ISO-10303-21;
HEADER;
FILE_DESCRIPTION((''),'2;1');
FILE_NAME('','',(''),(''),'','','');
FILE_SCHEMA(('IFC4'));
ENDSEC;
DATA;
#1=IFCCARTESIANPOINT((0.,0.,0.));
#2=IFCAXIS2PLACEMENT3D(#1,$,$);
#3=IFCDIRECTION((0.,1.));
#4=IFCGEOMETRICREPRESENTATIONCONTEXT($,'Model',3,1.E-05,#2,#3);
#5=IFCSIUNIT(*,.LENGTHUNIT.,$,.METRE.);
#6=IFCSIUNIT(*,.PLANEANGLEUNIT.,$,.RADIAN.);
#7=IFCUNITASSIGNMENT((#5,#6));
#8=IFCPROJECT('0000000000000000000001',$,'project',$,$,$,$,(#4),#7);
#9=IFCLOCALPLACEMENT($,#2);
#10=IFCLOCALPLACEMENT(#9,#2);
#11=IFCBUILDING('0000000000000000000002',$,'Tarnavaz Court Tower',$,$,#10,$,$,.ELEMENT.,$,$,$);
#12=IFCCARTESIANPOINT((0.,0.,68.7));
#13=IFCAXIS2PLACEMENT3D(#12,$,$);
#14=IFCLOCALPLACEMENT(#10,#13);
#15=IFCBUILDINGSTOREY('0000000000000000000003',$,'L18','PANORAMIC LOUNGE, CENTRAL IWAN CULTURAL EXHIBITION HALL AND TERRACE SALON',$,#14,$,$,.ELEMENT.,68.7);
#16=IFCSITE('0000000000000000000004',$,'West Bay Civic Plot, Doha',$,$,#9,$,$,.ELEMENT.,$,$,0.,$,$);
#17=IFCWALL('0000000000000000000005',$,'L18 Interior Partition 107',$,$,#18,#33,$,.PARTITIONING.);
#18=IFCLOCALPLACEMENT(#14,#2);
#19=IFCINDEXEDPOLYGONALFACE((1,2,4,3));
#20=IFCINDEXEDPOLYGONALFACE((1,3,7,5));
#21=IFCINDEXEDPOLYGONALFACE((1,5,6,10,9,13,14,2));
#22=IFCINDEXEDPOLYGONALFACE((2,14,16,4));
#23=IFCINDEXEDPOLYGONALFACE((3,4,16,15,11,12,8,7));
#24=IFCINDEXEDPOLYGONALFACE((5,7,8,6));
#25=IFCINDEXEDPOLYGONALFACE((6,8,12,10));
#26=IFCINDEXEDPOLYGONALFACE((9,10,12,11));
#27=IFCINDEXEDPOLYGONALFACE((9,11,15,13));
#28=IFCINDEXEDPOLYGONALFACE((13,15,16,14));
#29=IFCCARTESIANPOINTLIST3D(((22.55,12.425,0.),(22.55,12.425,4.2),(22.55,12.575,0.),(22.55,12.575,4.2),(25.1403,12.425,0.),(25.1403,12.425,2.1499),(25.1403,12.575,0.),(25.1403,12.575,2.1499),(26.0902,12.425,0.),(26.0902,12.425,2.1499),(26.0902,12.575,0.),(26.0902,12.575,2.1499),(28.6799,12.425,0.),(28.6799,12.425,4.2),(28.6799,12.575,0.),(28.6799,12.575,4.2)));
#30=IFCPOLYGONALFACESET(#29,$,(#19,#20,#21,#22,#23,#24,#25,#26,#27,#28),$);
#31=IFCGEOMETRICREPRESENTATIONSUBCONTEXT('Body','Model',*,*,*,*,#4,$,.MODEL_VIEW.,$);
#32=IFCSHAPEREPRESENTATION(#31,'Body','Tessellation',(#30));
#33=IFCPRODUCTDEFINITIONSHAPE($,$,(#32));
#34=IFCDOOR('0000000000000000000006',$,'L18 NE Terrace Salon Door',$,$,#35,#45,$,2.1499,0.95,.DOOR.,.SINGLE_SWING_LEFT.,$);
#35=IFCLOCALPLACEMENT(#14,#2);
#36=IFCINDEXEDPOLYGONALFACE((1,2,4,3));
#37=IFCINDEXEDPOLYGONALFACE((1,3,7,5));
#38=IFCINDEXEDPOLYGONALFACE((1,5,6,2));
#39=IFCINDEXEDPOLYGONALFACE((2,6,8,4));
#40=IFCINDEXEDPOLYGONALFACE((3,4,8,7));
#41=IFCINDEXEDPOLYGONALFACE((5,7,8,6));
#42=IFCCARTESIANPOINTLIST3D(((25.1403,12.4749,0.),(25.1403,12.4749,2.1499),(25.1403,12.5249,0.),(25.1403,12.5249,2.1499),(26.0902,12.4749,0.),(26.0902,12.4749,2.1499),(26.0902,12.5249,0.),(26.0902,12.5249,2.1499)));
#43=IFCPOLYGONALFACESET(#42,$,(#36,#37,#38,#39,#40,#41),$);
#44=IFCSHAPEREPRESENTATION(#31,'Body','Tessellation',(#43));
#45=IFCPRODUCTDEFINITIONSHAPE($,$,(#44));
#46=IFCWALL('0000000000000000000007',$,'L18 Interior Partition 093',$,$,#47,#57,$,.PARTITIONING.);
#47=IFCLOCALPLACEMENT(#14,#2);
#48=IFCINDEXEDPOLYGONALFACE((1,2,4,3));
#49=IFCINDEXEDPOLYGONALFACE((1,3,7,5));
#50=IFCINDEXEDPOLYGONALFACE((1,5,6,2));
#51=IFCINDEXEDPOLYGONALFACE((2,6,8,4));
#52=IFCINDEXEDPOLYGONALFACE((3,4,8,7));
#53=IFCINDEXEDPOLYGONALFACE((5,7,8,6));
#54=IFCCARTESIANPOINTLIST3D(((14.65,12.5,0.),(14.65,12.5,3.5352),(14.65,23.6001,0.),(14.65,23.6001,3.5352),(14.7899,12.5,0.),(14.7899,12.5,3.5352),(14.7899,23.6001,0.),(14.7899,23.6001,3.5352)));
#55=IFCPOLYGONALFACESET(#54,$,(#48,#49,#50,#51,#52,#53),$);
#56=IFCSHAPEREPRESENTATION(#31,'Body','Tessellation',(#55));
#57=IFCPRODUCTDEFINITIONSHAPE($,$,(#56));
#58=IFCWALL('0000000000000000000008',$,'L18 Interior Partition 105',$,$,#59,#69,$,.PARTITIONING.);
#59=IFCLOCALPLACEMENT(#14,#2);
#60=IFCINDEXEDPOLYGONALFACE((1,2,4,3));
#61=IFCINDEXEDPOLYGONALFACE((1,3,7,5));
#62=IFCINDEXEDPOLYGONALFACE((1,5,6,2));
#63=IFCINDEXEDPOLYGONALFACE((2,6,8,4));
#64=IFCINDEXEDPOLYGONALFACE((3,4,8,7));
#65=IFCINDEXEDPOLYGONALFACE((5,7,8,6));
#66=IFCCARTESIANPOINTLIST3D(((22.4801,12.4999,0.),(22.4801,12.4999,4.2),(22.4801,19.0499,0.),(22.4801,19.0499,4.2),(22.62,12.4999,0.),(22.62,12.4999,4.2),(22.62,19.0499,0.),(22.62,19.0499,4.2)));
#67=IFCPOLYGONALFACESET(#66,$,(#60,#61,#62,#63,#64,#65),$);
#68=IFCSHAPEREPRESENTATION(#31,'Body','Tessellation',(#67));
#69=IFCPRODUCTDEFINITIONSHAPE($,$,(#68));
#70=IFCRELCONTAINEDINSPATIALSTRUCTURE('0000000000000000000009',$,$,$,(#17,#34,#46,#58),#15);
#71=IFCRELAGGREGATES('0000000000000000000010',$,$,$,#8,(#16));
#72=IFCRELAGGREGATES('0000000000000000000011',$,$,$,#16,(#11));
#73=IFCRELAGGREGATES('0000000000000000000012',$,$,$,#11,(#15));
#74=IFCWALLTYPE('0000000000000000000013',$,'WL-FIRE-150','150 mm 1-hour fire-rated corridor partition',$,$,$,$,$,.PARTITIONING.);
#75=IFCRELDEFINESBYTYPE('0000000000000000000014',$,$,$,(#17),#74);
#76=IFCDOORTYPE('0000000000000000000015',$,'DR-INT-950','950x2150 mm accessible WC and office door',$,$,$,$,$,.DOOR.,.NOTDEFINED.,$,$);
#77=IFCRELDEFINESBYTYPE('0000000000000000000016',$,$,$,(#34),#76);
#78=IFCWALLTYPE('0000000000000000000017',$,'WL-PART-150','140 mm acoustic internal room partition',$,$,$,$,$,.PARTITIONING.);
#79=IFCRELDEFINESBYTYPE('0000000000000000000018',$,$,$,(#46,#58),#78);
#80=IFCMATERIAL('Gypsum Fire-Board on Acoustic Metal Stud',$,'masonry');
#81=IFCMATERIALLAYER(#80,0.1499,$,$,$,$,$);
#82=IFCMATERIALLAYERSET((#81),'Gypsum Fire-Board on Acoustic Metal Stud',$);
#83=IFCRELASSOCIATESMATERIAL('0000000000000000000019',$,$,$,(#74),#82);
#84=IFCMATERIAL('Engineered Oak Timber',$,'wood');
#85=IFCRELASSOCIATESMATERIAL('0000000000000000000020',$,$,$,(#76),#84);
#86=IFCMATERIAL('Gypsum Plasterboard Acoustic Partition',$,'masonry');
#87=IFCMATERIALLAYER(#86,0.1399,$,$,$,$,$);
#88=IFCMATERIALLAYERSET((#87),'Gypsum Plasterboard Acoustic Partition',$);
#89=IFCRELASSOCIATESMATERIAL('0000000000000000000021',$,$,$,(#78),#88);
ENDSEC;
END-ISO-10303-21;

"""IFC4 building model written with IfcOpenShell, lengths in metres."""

from ifc_helpers import new_model, si_unit, direction, frame, frame_2d, origin, place, context, subcontext, project, spatial, rectangle, extrude, material, layer, layer_set, type_object, element, fill, save


model = new_model("IFC4")

# Units and contexts
model_context = context("Model", 3, precision=1e-05, world=origin(), true_north=direction((0.0, 1.0)))
body_context = subcontext(model_context, "Body", "Model", "MODEL_VIEW")
ifc_project = project(units=[si_unit("LENGTHUNIT", "METRE"), si_unit("PLANEANGLEUNIT", "RADIAN")], contexts=[model_context])

# Site, building, storey
site_placement = place(None, origin())
site = spatial("IfcSite", under=ifc_project, at=site_placement, Name="West Bay Civic Plot, Doha", CompositionType="ELEMENT", RefElevation=0.0)
building_placement = place(site_placement, origin())
building = spatial("IfcBuilding", under=site, at=building_placement, Name="Tarnavaz Court Tower", CompositionType="ELEMENT")
storey_placement = place(building_placement, frame((0.0, 0.0, 68.7)))
storey = spatial("IfcBuildingStorey", under=building, at=storey_placement, Name="L18", Description="PANORAMIC LOUNGE, CENTRAL IWAN CULTURAL EXHIBITION HALL AND TERRACE SALON", CompositionType="ELEMENT", Elevation=68.7)

# Wall, opening, door
ifc_material_1 = material(Name="Gypsum Fire-Board on Acoustic Metal Stud", Category="masonry")
ifc_layer_1 = layer(ifc_material_1, 0.1499)
ifc_layer_set_1 = layer_set([ifc_layer_1], Name="Gypsum Fire-Board on Acoustic Metal Stud")
wall_type_1 = type_object("IfcWallType", Name="WL-FIRE-150", Description="150 mm 1-hour fire-rated corridor partition", PredefinedType="PARTITIONING", material=ifc_layer_set_1)
wall_1_placement = place(storey_placement, frame((22.55, 12.5, 0.0), z_axis=(0.0, 0.0, 1.0), x_axis=(1.0, 0.0, 0.0)))
wall_1 = element("IfcWall", 1, at=wall_1_placement, inside=storey, type_object=wall_type_1, Name="L18 Interior Partition 107", PredefinedType="PARTITIONING", context=body_context, shape_type="SweptSolid", body=[
    extrude(rectangle(XDim=6.1299, YDim=0.1499, at=frame_2d((3.0649, 0.0))), origin(), (0.0, 0.0, 1.0), 4.2),
])
opening_1_placement = place(wall_1_placement, frame((2.5901, 0.0, 0.0)))
opening_1 = element("IfcOpeningElement", 2, at=opening_1_placement, cuts=wall_1, PredefinedType="OPENING", context=body_context, shape_type="SweptSolid", body=[
    extrude(rectangle(XDim=0.95, YDim=2.1499, at=frame_2d((0.4751, 1.075))), frame((0.0, 0.085, 0.0), z_axis=(0.0, -1.0, 0.0), x_axis=(1.0, 0.0, 0.0)), (0.0, 0.0, 1.0), 0.1699),
])
ifc_material_2 = material(Name="Engineered Oak Timber", Category="wood")
door_type_1 = type_object("IfcDoorType", Name="DR-INT-950", Description="950x2150 mm accessible WC and office door", OperationType="NOTDEFINED", PredefinedType="DOOR", material=ifc_material_2)
door_1_placement = place(opening_1_placement, origin())
door_1 = element("IfcDoor", 3, at=door_1_placement, inside=storey, type_object=door_type_1, Name="L18 NE Terrace Salon Door", OperationType="SINGLE_SWING_LEFT", OverallHeight=2.1499, OverallWidth=0.95, PredefinedType="DOOR", context=body_context, shape_type="SweptSolid", body=[
    extrude(rectangle(XDim=0.95, YDim=2.1499, at=frame_2d((0.4751, 1.075))), frame((0.0, 0.0249, 0.0), z_axis=(0.0, -1.0, 0.0), x_axis=(1.0, 0.0, 0.0)), (0.0, 0.0, 1.0), 0.05),
])
fill(opening_1, door_1)

# Walls
ifc_material_3 = material(Name="Gypsum Plasterboard Acoustic Partition", Category="masonry")
ifc_layer_2 = layer(ifc_material_3, 0.1399)
ifc_layer_set_2 = layer_set([ifc_layer_2], Name="Gypsum Plasterboard Acoustic Partition")
wall_type_2 = type_object("IfcWallType", Name="WL-PART-150", Description="140 mm acoustic internal room partition", PredefinedType="PARTITIONING", material=ifc_layer_set_2)
wall_2_placement = place(storey_placement, frame((14.72, 12.5, 0.0), z_axis=(0.0, 0.0, 1.0), x_axis=(0.0, 1.0, 0.0)))
element("IfcWall", 4, at=wall_2_placement, inside=storey, type_object=wall_type_2, Name="L18 Interior Partition 093", PredefinedType="PARTITIONING", context=body_context, shape_type="SweptSolid", body=[
    extrude(rectangle(XDim=11.1001, YDim=0.1399, at=frame_2d((5.55, 0.0))), origin(), (0.0, 0.0, 1.0), 3.5352),
])
wall_3_placement = place(storey_placement, frame((22.55, 12.5, 0.0), z_axis=(0.0, 0.0, 1.0), x_axis=(0.0, 1.0, 0.0)))
element("IfcWall", 5, at=wall_3_placement, inside=storey, type_object=wall_type_2, Name="L18 Interior Partition 105", PredefinedType="PARTITIONING", context=body_context, shape_type="SweptSolid", body=[
    extrude(rectangle(XDim=6.55, YDim=0.1399, at=frame_2d((3.2749, 0.0))), origin(), (0.0, 0.0, 1.0), 4.2),
])

save(model, "model.ifc")
